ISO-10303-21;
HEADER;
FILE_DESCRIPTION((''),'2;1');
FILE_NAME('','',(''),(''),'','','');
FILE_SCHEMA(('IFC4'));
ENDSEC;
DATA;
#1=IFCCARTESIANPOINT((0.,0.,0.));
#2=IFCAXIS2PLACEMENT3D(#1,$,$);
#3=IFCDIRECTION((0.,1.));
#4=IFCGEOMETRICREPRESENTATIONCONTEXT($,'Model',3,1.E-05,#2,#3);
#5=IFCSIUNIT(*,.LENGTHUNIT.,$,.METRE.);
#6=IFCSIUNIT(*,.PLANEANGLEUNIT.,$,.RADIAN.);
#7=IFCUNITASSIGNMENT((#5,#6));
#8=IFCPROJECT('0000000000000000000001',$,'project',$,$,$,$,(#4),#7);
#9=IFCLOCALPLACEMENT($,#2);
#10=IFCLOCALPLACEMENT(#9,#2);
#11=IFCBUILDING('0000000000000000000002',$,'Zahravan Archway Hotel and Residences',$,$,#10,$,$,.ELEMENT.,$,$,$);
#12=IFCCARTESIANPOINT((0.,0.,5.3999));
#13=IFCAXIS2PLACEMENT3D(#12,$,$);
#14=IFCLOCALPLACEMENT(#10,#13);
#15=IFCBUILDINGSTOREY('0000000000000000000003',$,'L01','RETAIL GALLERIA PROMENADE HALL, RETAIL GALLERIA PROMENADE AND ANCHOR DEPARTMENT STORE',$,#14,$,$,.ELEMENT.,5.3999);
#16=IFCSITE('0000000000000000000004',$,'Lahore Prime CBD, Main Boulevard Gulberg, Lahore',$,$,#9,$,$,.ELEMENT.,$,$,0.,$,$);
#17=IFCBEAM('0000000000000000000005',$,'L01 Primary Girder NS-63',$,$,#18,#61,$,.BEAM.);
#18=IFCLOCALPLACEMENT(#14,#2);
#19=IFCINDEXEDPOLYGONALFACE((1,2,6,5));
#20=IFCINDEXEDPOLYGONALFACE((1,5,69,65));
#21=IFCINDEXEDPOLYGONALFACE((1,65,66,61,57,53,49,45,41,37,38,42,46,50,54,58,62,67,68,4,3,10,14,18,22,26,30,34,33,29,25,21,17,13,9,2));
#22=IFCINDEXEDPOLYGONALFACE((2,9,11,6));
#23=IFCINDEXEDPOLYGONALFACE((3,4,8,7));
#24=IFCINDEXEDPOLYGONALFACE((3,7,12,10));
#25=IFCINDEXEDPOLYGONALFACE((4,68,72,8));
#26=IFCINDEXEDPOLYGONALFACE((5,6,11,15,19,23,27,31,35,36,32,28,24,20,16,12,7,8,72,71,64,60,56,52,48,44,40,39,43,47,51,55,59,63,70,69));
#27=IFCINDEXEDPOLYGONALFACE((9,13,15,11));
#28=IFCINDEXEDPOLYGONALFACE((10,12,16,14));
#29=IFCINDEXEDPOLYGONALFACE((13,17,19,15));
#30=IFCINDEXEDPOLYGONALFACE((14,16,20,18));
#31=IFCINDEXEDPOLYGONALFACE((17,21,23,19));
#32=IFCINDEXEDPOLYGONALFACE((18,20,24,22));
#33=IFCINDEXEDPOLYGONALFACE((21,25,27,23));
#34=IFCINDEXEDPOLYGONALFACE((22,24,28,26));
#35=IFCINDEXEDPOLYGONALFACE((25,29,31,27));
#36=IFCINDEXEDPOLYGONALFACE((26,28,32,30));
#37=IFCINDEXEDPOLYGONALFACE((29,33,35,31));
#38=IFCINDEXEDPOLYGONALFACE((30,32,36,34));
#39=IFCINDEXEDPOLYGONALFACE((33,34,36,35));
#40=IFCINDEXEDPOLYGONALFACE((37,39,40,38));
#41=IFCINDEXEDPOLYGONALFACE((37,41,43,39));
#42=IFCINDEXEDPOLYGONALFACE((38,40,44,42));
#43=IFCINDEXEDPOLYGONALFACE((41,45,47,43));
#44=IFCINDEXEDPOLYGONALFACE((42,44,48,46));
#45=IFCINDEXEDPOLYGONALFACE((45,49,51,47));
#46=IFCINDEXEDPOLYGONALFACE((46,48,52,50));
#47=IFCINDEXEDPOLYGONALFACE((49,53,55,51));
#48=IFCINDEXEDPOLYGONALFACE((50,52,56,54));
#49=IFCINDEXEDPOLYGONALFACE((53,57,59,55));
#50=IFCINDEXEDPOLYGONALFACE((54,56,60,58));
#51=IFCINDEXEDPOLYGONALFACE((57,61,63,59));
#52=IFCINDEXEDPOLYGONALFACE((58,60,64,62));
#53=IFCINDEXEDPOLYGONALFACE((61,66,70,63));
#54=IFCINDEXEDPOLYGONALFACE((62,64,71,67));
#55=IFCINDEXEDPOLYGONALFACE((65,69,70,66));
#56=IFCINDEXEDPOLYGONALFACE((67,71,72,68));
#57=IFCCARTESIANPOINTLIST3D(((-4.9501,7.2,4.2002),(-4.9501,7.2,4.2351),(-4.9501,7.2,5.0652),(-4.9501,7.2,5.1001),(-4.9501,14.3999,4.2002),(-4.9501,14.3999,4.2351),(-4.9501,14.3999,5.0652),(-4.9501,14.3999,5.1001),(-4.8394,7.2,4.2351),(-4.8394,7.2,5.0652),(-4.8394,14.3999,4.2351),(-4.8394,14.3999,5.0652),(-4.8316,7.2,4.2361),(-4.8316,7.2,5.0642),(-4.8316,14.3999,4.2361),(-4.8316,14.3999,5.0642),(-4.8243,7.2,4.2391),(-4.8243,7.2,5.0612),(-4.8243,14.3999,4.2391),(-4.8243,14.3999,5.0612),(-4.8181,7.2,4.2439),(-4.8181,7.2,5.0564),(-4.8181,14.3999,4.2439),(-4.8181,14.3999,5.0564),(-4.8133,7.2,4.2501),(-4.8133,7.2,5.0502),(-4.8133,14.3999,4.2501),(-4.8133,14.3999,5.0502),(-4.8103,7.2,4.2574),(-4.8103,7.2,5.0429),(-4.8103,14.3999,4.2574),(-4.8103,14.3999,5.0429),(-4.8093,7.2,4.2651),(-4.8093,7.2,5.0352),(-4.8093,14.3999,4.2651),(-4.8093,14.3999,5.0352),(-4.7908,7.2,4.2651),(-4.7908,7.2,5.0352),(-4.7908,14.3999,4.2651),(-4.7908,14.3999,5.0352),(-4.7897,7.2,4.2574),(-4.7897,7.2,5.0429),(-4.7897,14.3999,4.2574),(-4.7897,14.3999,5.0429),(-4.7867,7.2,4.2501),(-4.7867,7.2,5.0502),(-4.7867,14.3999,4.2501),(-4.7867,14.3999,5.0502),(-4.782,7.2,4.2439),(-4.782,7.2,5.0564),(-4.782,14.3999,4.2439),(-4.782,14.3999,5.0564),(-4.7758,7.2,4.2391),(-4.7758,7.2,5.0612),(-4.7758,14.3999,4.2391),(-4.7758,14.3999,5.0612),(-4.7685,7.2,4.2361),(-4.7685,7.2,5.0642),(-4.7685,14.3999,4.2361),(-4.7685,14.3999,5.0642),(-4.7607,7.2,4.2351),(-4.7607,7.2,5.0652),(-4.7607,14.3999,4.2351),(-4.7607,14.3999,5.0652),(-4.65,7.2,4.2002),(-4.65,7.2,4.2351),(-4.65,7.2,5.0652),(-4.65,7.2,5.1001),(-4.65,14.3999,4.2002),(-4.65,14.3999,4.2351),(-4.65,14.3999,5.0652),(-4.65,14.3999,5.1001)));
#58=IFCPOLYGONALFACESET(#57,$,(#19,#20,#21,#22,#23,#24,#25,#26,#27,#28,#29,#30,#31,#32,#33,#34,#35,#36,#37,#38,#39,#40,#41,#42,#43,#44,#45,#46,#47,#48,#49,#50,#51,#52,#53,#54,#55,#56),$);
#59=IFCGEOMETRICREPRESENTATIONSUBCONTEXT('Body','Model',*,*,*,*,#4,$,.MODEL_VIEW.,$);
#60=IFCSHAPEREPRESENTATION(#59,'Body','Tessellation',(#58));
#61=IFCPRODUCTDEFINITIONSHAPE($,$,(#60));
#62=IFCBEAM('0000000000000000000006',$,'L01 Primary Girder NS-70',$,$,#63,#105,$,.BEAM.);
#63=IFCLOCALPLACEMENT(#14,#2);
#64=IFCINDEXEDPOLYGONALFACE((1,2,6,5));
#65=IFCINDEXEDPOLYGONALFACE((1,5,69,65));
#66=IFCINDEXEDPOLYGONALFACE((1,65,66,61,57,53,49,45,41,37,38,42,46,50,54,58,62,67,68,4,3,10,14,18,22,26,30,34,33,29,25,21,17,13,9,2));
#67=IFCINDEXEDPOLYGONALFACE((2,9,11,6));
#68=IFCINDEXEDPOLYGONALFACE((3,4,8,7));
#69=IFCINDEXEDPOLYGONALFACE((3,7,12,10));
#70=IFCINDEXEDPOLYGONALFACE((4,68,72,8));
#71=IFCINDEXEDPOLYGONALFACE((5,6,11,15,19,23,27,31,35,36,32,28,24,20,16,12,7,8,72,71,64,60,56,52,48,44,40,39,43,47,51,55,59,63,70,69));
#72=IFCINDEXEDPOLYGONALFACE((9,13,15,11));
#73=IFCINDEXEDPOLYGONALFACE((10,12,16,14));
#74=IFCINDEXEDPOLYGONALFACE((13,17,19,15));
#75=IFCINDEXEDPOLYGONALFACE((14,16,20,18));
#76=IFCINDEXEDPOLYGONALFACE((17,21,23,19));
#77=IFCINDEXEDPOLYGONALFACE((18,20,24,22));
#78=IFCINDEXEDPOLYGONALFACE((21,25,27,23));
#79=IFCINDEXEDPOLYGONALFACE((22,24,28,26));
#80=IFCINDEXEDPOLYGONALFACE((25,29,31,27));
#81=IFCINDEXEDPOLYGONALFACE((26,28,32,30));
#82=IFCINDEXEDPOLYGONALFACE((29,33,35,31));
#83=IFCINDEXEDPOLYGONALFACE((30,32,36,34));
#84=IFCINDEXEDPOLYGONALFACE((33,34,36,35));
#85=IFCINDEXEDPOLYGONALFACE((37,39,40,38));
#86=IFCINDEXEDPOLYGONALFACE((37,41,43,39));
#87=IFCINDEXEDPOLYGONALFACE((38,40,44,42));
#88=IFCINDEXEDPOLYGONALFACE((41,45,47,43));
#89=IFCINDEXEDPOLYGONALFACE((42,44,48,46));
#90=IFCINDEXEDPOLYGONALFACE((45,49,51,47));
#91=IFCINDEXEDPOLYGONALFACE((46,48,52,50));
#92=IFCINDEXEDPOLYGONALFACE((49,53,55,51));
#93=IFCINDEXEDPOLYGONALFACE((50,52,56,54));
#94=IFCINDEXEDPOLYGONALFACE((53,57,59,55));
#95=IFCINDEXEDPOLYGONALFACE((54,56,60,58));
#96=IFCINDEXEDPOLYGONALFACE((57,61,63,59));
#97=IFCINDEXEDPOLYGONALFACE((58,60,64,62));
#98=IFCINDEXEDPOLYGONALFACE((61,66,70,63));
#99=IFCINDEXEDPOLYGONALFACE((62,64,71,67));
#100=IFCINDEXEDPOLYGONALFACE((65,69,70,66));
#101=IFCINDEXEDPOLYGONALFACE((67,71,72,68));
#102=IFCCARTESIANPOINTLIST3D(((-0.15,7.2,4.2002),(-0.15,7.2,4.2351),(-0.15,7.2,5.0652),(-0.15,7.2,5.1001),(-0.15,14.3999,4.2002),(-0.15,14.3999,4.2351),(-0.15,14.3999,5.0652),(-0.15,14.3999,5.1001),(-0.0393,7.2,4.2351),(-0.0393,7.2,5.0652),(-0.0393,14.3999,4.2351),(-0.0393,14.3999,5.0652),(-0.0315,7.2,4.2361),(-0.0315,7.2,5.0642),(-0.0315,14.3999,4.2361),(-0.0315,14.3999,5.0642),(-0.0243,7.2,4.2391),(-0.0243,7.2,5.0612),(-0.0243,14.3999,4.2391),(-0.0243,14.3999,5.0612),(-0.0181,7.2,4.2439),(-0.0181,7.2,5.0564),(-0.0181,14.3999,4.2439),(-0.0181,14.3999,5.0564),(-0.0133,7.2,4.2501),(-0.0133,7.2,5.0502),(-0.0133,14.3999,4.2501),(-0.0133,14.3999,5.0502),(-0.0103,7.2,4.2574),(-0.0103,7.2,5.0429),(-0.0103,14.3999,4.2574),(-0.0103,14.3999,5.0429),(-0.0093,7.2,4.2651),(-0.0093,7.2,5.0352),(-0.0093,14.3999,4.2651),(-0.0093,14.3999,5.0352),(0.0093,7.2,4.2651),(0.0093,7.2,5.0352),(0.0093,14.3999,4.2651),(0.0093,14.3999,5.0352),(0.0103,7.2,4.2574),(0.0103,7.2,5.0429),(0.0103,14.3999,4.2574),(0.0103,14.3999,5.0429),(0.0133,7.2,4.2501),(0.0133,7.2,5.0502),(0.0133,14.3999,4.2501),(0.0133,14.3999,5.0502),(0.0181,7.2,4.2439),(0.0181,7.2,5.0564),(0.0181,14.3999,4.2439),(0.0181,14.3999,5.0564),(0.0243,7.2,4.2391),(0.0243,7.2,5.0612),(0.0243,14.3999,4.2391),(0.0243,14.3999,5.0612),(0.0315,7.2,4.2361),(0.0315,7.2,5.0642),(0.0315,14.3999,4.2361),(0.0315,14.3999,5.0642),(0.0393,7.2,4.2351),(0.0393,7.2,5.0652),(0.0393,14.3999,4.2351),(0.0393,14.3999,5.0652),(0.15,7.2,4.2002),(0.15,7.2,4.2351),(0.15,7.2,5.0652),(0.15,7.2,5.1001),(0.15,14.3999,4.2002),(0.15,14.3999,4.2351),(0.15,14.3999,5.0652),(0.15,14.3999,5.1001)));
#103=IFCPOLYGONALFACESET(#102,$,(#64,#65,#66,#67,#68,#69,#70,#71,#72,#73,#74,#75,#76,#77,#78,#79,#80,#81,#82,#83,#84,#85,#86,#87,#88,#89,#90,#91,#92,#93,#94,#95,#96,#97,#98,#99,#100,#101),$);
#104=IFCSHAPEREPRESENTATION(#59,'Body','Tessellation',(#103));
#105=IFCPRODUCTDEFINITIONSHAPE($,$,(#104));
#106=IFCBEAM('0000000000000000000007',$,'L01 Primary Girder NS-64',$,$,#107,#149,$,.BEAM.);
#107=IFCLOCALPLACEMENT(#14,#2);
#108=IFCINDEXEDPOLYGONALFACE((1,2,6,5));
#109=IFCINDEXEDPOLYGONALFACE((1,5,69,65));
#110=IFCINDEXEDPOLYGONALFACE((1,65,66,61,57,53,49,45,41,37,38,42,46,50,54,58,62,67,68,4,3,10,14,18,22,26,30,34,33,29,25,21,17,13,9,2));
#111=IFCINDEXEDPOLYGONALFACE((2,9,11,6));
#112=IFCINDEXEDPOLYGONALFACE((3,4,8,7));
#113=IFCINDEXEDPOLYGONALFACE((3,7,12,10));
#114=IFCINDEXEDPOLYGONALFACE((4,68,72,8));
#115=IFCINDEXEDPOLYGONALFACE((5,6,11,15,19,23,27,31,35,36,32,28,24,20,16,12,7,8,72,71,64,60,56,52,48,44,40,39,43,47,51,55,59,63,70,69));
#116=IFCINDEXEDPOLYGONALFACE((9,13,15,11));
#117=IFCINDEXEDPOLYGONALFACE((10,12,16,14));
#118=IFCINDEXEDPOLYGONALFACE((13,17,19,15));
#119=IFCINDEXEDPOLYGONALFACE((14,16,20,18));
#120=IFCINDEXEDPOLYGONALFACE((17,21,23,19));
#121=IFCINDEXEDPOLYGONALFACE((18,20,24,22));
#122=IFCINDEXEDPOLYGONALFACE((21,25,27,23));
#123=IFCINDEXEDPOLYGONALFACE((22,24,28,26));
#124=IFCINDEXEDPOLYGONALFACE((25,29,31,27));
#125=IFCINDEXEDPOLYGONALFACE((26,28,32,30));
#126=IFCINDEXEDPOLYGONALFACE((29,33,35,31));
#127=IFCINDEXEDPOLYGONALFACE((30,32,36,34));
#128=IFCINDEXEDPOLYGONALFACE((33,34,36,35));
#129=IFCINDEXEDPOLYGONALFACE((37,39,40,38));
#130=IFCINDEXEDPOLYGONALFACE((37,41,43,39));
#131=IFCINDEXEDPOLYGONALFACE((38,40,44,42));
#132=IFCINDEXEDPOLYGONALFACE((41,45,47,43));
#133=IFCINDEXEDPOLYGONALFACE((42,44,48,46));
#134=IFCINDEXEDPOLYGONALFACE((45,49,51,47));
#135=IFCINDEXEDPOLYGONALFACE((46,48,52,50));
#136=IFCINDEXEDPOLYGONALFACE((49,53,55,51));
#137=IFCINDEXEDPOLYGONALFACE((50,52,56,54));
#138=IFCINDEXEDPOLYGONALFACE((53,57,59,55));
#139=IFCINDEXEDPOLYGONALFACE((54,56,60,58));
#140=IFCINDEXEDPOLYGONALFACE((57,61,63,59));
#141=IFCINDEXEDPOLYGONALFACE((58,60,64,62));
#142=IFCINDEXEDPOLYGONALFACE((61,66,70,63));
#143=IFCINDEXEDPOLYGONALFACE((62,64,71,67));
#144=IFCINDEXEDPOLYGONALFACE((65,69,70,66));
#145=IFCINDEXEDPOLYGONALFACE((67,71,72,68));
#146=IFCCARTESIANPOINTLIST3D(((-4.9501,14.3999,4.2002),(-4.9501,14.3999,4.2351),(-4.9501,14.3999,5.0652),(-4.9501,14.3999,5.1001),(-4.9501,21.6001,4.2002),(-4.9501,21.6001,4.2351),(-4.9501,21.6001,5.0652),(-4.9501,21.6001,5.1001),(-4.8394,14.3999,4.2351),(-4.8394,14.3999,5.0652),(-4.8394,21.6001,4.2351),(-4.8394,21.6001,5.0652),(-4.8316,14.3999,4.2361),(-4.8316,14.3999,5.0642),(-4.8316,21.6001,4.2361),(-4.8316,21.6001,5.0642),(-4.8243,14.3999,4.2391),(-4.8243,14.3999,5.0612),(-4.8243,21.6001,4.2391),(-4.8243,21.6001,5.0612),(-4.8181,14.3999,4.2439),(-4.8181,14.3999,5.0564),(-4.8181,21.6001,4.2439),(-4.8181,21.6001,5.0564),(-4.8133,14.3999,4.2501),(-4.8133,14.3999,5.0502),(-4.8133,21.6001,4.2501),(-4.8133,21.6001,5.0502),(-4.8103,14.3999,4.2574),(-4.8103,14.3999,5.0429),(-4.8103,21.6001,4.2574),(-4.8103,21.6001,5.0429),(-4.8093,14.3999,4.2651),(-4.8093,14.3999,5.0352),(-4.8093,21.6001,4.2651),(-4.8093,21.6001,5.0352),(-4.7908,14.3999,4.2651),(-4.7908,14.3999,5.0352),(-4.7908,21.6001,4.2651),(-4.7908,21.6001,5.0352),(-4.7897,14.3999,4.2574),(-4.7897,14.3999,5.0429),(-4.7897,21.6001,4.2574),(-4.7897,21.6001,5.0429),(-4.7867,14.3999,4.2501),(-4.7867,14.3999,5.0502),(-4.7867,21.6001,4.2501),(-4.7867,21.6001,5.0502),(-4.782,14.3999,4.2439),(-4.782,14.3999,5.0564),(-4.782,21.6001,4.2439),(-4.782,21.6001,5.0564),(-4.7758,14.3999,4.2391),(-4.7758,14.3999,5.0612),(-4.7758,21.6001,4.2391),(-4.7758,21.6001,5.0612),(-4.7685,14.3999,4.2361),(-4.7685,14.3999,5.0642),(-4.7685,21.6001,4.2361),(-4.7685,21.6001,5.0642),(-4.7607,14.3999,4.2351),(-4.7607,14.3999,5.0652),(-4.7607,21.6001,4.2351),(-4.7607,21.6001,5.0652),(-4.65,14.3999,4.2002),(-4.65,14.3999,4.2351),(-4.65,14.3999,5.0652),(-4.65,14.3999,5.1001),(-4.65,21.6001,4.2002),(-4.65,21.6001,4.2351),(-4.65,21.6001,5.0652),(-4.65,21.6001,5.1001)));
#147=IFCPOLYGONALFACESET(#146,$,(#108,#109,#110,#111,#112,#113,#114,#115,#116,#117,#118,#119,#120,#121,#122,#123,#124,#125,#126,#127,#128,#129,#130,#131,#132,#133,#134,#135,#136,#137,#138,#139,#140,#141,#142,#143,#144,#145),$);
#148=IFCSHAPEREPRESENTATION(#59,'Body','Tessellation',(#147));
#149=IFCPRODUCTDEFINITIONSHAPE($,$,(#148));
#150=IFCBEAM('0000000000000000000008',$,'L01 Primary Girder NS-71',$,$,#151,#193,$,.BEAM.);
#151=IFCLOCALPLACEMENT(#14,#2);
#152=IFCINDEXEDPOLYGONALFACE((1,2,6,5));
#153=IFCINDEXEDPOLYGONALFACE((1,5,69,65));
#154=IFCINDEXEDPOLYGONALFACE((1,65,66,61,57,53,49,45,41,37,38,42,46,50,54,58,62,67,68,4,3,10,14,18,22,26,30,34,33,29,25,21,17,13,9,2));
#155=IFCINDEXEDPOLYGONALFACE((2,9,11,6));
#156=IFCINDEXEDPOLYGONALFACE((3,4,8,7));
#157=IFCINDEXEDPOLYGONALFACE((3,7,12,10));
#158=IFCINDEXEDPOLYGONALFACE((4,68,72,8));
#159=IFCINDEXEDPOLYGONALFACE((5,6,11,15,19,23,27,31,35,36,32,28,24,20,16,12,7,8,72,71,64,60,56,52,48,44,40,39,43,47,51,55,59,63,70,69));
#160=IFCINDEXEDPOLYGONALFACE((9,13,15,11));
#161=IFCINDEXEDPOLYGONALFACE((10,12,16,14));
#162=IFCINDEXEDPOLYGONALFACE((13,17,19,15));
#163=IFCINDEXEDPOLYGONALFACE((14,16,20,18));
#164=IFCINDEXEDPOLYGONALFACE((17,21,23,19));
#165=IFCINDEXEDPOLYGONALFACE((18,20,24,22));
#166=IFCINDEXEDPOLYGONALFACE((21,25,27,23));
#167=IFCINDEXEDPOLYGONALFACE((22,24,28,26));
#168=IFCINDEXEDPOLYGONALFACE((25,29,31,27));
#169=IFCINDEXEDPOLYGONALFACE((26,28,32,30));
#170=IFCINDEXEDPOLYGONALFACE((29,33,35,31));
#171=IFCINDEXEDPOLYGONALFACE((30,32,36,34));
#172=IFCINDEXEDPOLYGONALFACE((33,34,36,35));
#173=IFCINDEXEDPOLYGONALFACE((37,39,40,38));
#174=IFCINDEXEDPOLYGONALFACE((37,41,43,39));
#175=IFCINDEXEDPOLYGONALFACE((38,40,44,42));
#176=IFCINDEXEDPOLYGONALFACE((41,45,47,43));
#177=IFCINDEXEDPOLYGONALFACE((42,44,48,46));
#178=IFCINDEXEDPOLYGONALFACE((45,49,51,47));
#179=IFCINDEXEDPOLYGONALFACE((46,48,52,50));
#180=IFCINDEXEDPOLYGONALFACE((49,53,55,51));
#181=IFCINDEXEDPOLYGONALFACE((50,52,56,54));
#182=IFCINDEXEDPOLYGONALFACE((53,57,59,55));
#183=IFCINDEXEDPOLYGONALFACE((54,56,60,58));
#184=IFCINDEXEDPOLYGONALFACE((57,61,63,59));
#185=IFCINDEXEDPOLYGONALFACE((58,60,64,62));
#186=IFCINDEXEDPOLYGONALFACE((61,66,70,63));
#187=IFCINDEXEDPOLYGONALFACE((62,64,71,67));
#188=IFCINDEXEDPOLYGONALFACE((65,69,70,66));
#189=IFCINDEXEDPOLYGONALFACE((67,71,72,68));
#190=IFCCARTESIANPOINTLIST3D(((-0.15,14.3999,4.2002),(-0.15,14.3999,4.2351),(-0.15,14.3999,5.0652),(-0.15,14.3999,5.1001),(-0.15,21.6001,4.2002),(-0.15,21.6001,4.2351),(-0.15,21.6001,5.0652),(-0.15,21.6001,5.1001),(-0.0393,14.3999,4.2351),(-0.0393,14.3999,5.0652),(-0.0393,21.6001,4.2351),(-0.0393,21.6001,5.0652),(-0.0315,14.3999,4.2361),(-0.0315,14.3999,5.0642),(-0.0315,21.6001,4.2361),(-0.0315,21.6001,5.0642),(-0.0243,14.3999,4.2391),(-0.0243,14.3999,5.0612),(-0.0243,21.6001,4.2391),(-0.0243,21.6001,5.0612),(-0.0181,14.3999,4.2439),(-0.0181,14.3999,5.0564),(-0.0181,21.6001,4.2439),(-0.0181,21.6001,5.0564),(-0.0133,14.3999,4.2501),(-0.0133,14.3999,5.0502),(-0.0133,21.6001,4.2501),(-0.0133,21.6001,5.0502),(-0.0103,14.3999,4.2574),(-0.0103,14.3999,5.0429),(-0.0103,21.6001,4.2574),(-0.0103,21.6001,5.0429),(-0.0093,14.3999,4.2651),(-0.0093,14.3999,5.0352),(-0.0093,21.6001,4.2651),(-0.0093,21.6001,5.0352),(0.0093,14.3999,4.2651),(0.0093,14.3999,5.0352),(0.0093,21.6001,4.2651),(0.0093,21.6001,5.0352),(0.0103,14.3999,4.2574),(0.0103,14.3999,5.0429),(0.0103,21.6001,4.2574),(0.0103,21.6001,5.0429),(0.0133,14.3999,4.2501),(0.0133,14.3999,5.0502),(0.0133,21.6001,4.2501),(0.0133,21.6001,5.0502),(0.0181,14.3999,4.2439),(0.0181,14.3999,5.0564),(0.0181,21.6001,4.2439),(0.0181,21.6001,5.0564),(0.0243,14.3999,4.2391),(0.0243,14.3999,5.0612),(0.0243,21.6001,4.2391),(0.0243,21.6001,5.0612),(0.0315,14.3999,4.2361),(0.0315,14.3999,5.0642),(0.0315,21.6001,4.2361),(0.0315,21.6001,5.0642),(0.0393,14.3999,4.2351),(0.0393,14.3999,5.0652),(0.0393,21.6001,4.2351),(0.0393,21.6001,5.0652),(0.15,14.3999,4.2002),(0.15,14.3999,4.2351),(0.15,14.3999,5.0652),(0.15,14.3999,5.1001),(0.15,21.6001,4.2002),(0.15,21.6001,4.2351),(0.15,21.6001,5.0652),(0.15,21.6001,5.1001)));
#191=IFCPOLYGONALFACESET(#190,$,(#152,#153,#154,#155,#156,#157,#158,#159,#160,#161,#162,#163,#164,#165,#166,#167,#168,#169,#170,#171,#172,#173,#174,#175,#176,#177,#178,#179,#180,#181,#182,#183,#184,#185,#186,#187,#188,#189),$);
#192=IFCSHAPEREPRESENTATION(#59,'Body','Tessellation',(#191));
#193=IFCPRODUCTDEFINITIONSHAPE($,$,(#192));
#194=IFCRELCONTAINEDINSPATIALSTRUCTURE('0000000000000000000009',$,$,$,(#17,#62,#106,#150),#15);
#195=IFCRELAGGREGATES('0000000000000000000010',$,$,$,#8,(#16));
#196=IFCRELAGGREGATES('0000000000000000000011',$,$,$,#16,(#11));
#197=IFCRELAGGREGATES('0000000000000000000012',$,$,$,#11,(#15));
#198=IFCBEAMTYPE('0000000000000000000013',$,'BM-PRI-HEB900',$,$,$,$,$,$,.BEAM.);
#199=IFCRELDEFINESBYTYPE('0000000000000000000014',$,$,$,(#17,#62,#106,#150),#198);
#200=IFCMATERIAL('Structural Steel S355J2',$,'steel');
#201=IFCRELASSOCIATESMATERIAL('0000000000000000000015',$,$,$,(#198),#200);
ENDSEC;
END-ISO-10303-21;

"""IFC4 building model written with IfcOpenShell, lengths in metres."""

from ifc_helpers import new_model, si_unit, direction, frame, origin, origin_2d, place, context, subcontext, project, spatial, i_section, extrude, source, transform, mapped, material, material_profile, profile_set, type_object, element, save


model = new_model("IFC4")

# Units and contexts
model_context = context("Model", 3, precision=1e-05, world=origin(), true_north=direction((0.0, 1.0)))
body_context = subcontext(model_context, "Body", "Model", "MODEL_VIEW")
ifc_project = project(units=[si_unit("LENGTHUNIT", "METRE"), si_unit("PLANEANGLEUNIT", "RADIAN")], contexts=[model_context])

# Site, building, storey
site_placement = place(None, origin())
site = spatial("IfcSite", under=ifc_project, at=site_placement, Name="Lahore Prime CBD, Main Boulevard Gulberg, Lahore", CompositionType="ELEMENT", RefElevation=0.0)
building_placement = place(site_placement, origin())
building = spatial("IfcBuilding", under=site, at=building_placement, Name="Zahravan Archway Hotel and Residences", CompositionType="ELEMENT")
storey_placement = place(building_placement, frame((0.0, 0.0, 5.3999)))
storey = spatial("IfcBuildingStorey", under=building, at=storey_placement, Name="L01", Description="RETAIL GALLERIA PROMENADE HALL, RETAIL GALLERIA PROMENADE AND ANCHOR DEPARTMENT STORE", CompositionType="ELEMENT", Elevation=5.3999)

# Beams
ifc_material_1 = material(Name="Structural Steel S355J2", Category="steel")
ifc_material_profile_1 = material_profile(ifc_material_1, i_section(OverallWidth=0.3, OverallDepth=0.8999, WebThickness=0.0186, FlangeThickness=0.0349, FilletRadius=0.03, at=origin_2d()), Name="HEB 900", Category="steel")
ifc_profile_set_1 = profile_set([ifc_material_profile_1], Name="Structural Steel S355J2")
beam_type_1 = type_object("IfcBeamType", Name="BM-PRI-HEB900", PredefinedType="BEAM", material=ifc_profile_set_1)
shared_shape_1 = source(origin(), body_context, "Body", "SweptSolid", [
    extrude(i_section(OverallWidth=0.3, OverallDepth=0.8999, WebThickness=0.0186, FlangeThickness=0.0349, FilletRadius=0.03, at=origin_2d()), origin(), (0.0, 0.0, 1.0), 7.2),
])
for number, where, z_axis, x_axis, name in (
    (1, (-4.8, 7.2, 4.6501), (0.0, 1.0, 0.0), (-1.0, 0.0, 0.0), "L01 Primary Girder NS-63"),
    (2, (0.0, 7.2, 4.6501), (0.0, 1.0, 0.0), (-1.0, 0.0, 0.0), "L01 Primary Girder NS-70"),
):
    element("IfcBeam", number, at=place(storey_placement, frame(where, z_axis=z_axis, x_axis=x_axis)), inside=storey, type_object=beam_type_1, Name=name, PredefinedType="BEAM", context=body_context, shape_type="MappedRepresentation", body=[
        mapped(shared_shape_1, transform((0.0, 0.0, 0.0), scale=1.0)),
    ])
shared_shape_2 = source(origin(), body_context, "Body", "SweptSolid", [
    extrude(i_section(OverallWidth=0.3, OverallDepth=0.8999, WebThickness=0.0186, FlangeThickness=0.0349, FilletRadius=0.03, at=origin_2d()), origin(), (0.0, 0.0, 1.0), 7.2002),
])
for number, where, z_axis, x_axis, name in (
    (3, (-4.8, 14.3999, 4.6501), (0.0, 1.0, 0.0), (-1.0, 0.0, 0.0), "L01 Primary Girder NS-64"),
    (4, (0.0, 14.3999, 4.6501), (0.0, 1.0, 0.0), (-1.0, 0.0, 0.0), "L01 Primary Girder NS-71"),
):
    element("IfcBeam", number, at=place(storey_placement, frame(where, z_axis=z_axis, x_axis=x_axis)), inside=storey, type_object=beam_type_1, Name=name, PredefinedType="BEAM", context=body_context, shape_type="MappedRepresentation", body=[
        mapped(shared_shape_2, transform((0.0, 0.0, 0.0), scale=1.0)),
    ])

save(model, "model.ifc")
